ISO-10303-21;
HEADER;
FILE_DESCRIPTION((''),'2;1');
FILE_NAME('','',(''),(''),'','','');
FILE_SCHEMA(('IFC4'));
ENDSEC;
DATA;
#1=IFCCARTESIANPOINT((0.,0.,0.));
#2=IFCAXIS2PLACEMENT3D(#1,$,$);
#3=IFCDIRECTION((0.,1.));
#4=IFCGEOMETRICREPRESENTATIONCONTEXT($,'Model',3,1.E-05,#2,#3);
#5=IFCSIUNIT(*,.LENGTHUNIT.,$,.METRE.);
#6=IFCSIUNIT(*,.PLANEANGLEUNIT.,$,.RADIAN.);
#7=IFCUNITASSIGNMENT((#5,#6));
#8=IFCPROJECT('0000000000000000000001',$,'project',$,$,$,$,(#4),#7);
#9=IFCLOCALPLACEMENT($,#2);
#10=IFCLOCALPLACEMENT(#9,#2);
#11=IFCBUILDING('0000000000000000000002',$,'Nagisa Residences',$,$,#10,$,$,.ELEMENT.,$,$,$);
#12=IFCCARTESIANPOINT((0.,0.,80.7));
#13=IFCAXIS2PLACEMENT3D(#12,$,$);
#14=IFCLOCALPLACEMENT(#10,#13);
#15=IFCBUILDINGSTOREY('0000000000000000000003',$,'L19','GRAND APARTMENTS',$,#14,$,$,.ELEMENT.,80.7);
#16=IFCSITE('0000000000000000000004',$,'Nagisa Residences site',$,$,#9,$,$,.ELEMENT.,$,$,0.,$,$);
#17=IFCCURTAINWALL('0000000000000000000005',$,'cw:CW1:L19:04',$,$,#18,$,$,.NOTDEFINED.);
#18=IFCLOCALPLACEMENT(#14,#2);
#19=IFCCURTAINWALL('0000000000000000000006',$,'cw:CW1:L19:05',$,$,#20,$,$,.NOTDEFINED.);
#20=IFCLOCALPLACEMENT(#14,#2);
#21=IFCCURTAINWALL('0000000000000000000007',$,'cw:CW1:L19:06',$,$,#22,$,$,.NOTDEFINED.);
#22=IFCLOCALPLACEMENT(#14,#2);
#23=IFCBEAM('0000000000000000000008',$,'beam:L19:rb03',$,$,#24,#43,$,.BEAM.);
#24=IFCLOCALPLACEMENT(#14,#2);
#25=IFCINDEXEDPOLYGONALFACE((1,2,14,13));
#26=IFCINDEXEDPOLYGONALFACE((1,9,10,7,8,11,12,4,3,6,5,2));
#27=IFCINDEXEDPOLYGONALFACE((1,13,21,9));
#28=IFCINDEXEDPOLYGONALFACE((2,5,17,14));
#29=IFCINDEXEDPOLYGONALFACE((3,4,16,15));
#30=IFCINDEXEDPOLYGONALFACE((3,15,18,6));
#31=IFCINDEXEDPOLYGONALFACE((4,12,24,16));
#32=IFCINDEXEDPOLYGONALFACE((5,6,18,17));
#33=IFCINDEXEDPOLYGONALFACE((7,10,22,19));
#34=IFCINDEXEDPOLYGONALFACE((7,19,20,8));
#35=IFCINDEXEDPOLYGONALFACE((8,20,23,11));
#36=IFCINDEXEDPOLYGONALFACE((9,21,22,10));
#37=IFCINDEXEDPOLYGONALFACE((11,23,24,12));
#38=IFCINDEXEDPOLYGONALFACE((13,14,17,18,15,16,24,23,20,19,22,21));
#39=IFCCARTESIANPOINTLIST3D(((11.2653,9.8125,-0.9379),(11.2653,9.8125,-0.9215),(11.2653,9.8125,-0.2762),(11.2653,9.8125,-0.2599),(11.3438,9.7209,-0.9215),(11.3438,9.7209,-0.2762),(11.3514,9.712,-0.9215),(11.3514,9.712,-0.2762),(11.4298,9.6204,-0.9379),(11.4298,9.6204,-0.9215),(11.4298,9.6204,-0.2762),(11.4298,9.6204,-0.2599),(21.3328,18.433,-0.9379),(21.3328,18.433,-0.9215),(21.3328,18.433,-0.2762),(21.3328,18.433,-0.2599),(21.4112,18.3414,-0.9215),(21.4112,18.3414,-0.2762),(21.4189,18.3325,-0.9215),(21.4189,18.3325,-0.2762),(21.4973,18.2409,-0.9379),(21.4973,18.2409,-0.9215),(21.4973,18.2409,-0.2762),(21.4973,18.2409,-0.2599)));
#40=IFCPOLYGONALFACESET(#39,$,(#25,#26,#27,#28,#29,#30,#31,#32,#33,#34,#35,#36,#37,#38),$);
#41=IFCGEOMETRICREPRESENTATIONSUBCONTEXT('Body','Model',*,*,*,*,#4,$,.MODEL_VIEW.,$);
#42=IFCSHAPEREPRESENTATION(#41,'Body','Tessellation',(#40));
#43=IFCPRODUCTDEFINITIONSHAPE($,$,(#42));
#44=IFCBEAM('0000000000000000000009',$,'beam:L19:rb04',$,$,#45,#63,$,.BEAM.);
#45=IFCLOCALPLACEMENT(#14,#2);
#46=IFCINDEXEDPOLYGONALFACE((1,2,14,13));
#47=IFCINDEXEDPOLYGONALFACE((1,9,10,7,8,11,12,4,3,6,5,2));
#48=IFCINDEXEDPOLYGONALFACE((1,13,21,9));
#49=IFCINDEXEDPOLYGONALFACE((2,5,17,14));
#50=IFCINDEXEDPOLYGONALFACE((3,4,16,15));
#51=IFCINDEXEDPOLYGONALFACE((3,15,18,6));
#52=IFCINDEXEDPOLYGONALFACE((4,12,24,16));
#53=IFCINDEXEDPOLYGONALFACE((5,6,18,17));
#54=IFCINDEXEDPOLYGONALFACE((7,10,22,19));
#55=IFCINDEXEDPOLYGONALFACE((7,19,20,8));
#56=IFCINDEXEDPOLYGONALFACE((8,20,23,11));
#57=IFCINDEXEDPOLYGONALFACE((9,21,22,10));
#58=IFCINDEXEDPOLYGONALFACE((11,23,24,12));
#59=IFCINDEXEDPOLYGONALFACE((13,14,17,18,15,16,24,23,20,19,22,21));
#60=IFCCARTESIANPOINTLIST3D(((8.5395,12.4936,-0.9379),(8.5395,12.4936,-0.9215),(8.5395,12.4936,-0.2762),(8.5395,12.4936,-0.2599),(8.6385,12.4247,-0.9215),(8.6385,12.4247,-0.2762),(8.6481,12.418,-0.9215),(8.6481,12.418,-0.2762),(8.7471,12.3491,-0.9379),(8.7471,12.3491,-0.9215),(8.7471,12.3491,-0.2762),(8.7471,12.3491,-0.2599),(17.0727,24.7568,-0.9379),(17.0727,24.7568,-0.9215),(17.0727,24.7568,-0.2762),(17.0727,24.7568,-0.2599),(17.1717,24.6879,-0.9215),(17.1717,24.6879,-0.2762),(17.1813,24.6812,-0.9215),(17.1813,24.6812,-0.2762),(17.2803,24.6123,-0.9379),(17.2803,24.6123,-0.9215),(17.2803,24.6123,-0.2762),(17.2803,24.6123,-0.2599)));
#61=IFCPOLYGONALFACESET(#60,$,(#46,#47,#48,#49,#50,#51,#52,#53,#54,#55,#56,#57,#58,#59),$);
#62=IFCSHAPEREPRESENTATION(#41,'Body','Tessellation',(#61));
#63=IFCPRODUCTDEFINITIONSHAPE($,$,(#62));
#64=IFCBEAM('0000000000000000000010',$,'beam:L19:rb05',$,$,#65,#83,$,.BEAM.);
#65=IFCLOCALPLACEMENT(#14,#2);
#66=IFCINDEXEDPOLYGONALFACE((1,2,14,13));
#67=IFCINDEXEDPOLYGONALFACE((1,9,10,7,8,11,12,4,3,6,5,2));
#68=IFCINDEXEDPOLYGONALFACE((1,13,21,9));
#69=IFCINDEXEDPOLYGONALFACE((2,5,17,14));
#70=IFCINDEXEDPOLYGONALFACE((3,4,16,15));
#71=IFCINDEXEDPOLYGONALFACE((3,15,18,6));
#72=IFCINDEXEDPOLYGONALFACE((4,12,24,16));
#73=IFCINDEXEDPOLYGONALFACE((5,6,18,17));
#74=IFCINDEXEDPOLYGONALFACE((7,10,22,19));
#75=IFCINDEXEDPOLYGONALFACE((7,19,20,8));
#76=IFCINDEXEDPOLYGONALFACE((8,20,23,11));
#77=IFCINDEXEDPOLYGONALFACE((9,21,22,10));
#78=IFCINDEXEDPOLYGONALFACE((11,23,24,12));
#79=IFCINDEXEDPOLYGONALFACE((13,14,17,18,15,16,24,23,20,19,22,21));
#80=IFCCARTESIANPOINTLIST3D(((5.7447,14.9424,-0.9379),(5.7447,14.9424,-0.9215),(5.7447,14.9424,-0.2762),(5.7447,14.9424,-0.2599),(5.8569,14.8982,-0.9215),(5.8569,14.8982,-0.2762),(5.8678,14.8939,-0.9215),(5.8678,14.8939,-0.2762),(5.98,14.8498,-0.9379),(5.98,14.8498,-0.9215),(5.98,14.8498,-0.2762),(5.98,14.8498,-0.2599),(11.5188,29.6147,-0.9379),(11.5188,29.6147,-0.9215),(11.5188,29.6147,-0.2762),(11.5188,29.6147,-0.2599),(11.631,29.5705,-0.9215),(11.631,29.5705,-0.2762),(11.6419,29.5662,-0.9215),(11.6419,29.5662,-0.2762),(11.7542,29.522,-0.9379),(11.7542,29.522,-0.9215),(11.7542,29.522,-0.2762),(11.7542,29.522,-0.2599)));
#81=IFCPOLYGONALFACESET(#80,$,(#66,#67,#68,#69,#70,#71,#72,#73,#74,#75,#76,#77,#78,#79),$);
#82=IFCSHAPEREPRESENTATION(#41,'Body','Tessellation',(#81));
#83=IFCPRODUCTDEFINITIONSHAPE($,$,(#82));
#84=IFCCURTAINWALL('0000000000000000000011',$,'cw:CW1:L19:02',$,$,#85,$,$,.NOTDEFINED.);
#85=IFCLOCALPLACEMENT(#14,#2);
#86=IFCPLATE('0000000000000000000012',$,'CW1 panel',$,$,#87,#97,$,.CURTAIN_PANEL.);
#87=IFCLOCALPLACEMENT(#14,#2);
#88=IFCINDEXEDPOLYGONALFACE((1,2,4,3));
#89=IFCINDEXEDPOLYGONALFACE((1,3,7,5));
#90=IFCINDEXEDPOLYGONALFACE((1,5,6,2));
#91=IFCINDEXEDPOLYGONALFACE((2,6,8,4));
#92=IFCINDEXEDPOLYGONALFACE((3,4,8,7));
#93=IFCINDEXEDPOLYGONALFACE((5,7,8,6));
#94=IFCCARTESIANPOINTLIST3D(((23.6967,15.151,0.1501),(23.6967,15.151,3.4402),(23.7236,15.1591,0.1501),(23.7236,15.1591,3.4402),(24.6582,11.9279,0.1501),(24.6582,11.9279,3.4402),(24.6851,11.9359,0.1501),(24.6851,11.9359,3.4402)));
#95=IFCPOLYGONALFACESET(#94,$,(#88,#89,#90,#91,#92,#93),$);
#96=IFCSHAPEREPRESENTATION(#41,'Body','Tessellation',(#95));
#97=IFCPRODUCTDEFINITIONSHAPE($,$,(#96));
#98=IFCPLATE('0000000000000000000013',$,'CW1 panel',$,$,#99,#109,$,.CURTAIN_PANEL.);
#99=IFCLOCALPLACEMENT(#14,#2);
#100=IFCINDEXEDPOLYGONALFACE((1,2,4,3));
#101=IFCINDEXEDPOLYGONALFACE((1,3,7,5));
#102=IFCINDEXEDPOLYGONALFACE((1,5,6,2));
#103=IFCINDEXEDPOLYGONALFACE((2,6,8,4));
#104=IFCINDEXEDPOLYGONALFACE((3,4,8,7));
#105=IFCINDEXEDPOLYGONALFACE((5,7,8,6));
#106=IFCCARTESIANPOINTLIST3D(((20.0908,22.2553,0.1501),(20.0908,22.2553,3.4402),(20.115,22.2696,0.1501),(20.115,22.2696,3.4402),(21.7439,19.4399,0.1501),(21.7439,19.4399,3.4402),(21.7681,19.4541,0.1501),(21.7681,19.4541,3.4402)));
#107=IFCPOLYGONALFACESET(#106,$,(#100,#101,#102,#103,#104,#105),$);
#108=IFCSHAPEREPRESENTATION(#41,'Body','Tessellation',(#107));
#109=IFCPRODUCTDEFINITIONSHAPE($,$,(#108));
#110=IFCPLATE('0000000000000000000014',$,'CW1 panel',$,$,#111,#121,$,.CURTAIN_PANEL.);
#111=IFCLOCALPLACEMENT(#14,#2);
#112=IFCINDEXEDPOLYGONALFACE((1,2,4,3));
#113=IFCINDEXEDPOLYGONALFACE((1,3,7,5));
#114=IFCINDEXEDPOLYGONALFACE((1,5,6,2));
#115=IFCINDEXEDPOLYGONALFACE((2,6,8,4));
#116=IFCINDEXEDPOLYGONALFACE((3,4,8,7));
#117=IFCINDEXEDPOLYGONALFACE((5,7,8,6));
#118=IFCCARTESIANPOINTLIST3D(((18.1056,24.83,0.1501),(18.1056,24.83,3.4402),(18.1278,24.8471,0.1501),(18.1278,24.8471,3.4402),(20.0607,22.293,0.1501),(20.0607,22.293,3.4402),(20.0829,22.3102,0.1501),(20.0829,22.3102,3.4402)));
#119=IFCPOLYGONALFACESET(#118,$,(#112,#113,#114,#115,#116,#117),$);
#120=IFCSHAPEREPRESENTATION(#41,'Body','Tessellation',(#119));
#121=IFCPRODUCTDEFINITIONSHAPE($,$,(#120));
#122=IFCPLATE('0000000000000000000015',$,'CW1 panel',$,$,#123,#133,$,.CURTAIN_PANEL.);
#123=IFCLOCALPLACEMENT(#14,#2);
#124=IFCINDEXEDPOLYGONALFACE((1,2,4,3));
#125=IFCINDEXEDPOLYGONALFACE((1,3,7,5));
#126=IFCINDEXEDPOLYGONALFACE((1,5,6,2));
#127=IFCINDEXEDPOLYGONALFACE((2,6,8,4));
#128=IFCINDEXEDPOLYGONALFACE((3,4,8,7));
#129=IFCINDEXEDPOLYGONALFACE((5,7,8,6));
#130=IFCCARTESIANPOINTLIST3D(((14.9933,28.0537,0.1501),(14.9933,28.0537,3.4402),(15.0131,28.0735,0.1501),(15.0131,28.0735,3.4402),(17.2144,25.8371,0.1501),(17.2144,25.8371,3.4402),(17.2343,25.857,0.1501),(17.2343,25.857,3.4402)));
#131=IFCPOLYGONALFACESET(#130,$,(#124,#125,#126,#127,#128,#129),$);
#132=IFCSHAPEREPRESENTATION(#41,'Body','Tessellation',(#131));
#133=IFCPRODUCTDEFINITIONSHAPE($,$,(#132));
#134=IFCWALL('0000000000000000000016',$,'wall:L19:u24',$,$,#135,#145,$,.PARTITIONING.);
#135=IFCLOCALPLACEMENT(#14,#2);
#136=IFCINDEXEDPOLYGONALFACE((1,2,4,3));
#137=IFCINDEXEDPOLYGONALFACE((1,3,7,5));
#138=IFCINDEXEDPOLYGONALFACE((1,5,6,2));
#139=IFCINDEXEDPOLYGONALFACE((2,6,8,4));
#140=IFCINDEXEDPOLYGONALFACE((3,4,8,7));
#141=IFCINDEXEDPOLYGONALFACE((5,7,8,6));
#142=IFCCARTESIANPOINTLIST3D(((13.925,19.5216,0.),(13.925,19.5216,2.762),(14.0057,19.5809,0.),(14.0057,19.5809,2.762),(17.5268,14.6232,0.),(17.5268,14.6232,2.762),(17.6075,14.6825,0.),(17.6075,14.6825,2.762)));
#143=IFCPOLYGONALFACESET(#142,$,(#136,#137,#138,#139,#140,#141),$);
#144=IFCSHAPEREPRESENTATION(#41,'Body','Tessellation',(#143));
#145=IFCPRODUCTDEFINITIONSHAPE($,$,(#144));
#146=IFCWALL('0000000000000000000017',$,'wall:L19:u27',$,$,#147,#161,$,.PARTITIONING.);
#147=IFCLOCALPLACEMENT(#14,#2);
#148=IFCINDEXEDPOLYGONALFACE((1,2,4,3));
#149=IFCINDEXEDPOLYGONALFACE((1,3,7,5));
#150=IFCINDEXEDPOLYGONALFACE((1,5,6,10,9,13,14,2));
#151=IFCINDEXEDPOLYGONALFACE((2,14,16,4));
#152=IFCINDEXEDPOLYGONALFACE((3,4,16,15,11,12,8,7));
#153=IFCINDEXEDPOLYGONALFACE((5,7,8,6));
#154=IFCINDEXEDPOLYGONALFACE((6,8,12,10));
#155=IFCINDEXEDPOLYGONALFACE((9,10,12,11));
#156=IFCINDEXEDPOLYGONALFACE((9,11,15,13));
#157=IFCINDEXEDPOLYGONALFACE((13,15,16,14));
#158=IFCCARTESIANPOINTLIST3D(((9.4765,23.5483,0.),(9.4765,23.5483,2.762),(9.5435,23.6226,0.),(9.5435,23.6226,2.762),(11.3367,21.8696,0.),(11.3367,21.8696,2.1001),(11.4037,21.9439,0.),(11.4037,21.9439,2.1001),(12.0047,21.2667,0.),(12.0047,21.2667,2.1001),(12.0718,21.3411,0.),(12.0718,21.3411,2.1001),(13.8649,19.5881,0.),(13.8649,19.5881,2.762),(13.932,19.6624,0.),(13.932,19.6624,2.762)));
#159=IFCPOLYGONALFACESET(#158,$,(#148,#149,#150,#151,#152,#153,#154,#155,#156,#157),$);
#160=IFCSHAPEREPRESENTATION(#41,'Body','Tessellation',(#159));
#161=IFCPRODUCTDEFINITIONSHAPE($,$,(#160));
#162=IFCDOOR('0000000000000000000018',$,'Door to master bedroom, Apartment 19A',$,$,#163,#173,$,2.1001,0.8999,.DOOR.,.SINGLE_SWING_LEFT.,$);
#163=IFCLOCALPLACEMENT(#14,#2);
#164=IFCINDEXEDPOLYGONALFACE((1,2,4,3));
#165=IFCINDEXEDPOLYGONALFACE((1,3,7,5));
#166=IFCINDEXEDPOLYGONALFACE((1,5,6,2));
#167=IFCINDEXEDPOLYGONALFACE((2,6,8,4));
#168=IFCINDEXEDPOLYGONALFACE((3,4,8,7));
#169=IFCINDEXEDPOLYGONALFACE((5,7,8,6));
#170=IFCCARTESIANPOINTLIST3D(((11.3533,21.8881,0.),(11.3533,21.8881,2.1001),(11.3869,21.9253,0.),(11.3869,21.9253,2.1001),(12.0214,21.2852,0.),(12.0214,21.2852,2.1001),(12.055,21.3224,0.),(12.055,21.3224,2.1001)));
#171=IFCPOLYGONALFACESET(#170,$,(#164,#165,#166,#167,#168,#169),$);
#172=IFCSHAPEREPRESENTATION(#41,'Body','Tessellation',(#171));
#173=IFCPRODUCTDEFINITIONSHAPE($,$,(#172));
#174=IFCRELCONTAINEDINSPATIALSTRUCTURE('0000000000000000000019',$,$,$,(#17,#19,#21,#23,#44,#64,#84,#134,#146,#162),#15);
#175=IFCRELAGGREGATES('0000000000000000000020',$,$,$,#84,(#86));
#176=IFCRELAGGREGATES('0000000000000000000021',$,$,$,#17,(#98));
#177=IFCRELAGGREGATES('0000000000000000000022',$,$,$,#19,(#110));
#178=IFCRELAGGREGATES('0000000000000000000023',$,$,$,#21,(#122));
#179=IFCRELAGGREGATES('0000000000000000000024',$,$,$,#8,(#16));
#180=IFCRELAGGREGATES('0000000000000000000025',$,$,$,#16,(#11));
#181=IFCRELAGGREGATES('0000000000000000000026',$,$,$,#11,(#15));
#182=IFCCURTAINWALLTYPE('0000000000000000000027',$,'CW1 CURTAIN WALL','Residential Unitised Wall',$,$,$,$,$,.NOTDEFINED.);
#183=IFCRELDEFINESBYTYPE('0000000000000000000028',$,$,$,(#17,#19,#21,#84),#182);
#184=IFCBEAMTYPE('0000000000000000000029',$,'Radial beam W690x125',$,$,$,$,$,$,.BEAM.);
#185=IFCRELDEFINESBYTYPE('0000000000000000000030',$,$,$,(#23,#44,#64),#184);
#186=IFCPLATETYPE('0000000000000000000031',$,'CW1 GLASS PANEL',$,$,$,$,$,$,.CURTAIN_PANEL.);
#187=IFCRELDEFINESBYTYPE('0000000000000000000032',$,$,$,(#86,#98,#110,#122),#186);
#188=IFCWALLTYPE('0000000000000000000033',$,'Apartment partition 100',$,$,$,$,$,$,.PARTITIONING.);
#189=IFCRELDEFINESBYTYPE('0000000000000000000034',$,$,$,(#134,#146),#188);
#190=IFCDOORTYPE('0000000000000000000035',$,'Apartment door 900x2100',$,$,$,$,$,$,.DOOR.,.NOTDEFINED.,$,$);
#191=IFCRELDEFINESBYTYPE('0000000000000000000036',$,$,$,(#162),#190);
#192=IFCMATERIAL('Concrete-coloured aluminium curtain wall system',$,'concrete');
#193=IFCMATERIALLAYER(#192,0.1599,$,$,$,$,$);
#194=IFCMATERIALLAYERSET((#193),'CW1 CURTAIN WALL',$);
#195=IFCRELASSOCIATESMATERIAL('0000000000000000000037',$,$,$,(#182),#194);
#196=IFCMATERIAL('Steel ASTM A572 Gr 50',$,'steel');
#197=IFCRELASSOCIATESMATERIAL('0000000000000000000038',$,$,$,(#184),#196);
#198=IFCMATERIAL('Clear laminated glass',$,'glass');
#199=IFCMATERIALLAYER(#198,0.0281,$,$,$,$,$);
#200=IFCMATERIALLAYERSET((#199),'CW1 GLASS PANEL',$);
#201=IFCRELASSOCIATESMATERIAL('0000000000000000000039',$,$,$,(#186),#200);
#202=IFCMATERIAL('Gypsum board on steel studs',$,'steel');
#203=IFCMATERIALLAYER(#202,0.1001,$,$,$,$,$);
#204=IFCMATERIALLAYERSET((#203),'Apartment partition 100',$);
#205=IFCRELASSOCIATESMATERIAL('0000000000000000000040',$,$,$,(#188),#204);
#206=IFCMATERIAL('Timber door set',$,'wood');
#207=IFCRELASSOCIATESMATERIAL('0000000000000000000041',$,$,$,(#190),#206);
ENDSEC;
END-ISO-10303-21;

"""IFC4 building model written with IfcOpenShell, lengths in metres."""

from ifc_helpers import new_model, si_unit, direction, frame, frame_2d, origin, origin_2d, place, context, subcontext, project, spatial, rectangle, i_section, extrude, material, layer, layer_set, material_profile, profile_set, type_object, element, fill, aggregate, save


model = new_model("IFC4")

# Units and contexts
model_context = context("Model", 3, precision=1e-05, world=origin(), true_north=direction((0.0, 1.0)))
body_context = subcontext(model_context, "Body", "Model", "MODEL_VIEW")
ifc_project = project(units=[si_unit("LENGTHUNIT", "METRE"), si_unit("PLANEANGLEUNIT", "RADIAN")], contexts=[model_context])

# Site, building, storey
site_placement = place(None, origin())
site = spatial("IfcSite", under=ifc_project, at=site_placement, Name="Nagisa Residences site", CompositionType="ELEMENT", RefElevation=0.0)
building_placement = place(site_placement, origin())
building = spatial("IfcBuilding", under=site, at=building_placement, Name="Nagisa Residences", CompositionType="ELEMENT")
storey_placement = place(building_placement, frame((0.0, 0.0, 80.7)))
storey = spatial("IfcBuildingStorey", under=building, at=storey_placement, Name="L19", Description="GRAND APARTMENTS", CompositionType="ELEMENT", Elevation=80.7)

# Curtain walls
ifc_material_1 = material(Name="Concrete-coloured aluminium curtain wall system", Category="concrete")
ifc_layer_1 = layer(ifc_material_1, 0.1599)
ifc_layer_set_1 = layer_set([ifc_layer_1], Name="CW1 CURTAIN WALL")
curtain_wall_type = type_object("IfcCurtainWallType", Name="CW1 CURTAIN WALL", Description="Residential Unitised Wall", PredefinedType="NOTDEFINED", material=ifc_layer_set_1)
curtain_wall_1_placement = place(storey_placement, origin())
curtain_wall_1 = element("IfcCurtainWall", 1, at=curtain_wall_1_placement, inside=storey, type_object=curtain_wall_type, Name="cw:CW1:L19:04", PredefinedType="NOTDEFINED")
curtain_wall_2_placement = place(storey_placement, origin())
curtain_wall_2 = element("IfcCurtainWall", 2, at=curtain_wall_2_placement, inside=storey, type_object=curtain_wall_type, Name="cw:CW1:L19:05", PredefinedType="NOTDEFINED")
curtain_wall_3_placement = place(storey_placement, origin())
curtain_wall_3 = element("IfcCurtainWall", 3, at=curtain_wall_3_placement, inside=storey, type_object=curtain_wall_type, Name="cw:CW1:L19:06", PredefinedType="NOTDEFINED")

# Beams
ifc_material_2 = material(Name="Steel ASTM A572 Gr 50", Category="steel")
ifc_material_profile_1 = material_profile(ifc_material_2, i_section(OverallWidth=0.2529, OverallDepth=0.678, WebThickness=0.0117, FlangeThickness=0.0164, at=origin_2d()), Name="W690x125")
ifc_profile_set_1 = profile_set([ifc_material_profile_1], Name="Steel ASTM A572 Gr 50")
beam_type_1 = type_object("IfcBeamType", Name="Radial beam W690x125", PredefinedType="BEAM", material=ifc_profile_set_1)
beam_1_placement = place(storey_placement, frame((21.415, 18.3369, -0.5989), z_axis=(-0.759585, -0.650407, 0.0), x_axis=(0.650407, -0.759585, 0.0)))
element("IfcBeam", 4, at=beam_1_placement, inside=storey, type_object=beam_type_1, Name="beam:L19:rb03", PredefinedType="BEAM", context=body_context, shape_type="SweptSolid", body=[
    extrude(i_section(OverallWidth=0.2529, OverallDepth=0.678, WebThickness=0.0117, FlangeThickness=0.0164, at=origin_2d()), origin(), (0.0, 0.0, 1.0), 13.2539),
])
beam_2_placement = place(storey_placement, frame((17.1765, 24.6846, -0.5989), z_axis=(-0.571168, -0.820833, 0.0), x_axis=(0.820833, -0.571168, 0.0)))
element("IfcBeam", 5, at=beam_2_placement, inside=storey, type_object=beam_type_1, Name="beam:L19:rb04", PredefinedType="BEAM", context=body_context, shape_type="SweptSolid", body=[
    extrude(i_section(OverallWidth=0.2529, OverallDepth=0.678, WebThickness=0.0117, FlangeThickness=0.0164, at=origin_2d()), origin(), (0.0, 0.0, 1.0), 14.9399),
])
beam_3_placement = place(storey_placement, frame((11.6365, 29.5684, -0.5989), z_axis=(-0.366203, -0.930535, 0.0), x_axis=(0.930535, -0.366203, 0.0)))
element("IfcBeam", 6, at=beam_3_placement, inside=storey, type_object=beam_type_1, Name="beam:L19:rb05", PredefinedType="BEAM", context=body_context, shape_type="SweptSolid", body=[
    extrude(i_section(OverallWidth=0.2529, OverallDepth=0.678, WebThickness=0.0117, FlangeThickness=0.0164, at=origin_2d()), origin(), (0.0, 0.0, 1.0), 15.7676),
])

# Curtain wall, plate
curtain_wall_4_placement = place(storey_placement, origin())
curtain_wall_4 = element("IfcCurtainWall", 7, at=curtain_wall_4_placement, inside=storey, type_object=curtain_wall_type, Name="cw:CW1:L19:02", PredefinedType="NOTDEFINED")
ifc_material_3 = material(Name="Clear laminated glass", Category="glass")
ifc_layer_2 = layer(ifc_material_3, 0.0281)
ifc_layer_set_2 = layer_set([ifc_layer_2], Name="CW1 GLASS PANEL")
plate_type = type_object("IfcPlateType", Name="CW1 GLASS PANEL", PredefinedType="CURTAIN_PANEL", material=ifc_layer_set_2)
plate_1_placement = place(storey_placement, frame((24.1909, 13.5435, 0.1501), z_axis=(0.0, 0.0, 1.0), x_axis=(-0.28586, 0.958271, 0.0)))
plate_1 = element("IfcPlate", 8, at=plate_1_placement, type_object=plate_type, Name="CW1 panel", PredefinedType="CURTAIN_PANEL", context=body_context, shape_type="SweptSolid", body=[
    extrude(rectangle(XDim=3.3635, YDim=0.0281, at=origin_2d()), origin(), (0.0, 0.0, 1.0), 3.29),
])
aggregate(curtain_wall_4, [plate_1])

# Plates
plate_2_placement = place(storey_placement, frame((20.9294, 20.8547, 0.1501), z_axis=(0.0, 0.0, 1.0), x_axis=(-0.506349, 0.862329, 0.0)))
plate_2 = element("IfcPlate", 9, at=plate_2_placement, type_object=plate_type, Name="CW1 panel", PredefinedType="CURTAIN_PANEL", context=body_context, shape_type="SweptSolid", body=[
    extrude(rectangle(XDim=3.2649, YDim=0.0281, at=origin_2d()), origin(), (0.0, 0.0, 1.0), 3.29),
])
aggregate(curtain_wall_1, [plate_2])
plate_3_placement = place(storey_placement, frame((19.0942, 23.5701, 0.1501), z_axis=(0.0, 0.0, 1.0), x_axis=(-0.61043, 0.79207, 0.0)))
plate_3 = element("IfcPlate", 10, at=plate_3_placement, type_object=plate_type, Name="CW1 panel", PredefinedType="CURTAIN_PANEL", context=body_context, shape_type="SweptSolid", body=[
    extrude(rectangle(XDim=3.2029, YDim=0.0281, at=origin_2d()), origin(), (0.0, 0.0, 1.0), 3.29),
])
aggregate(curtain_wall_2, [plate_3])
plate_4_placement = place(storey_placement, frame((16.1138, 26.9553, 0.1501), z_axis=(0.0, 0.0, 1.0), x_axis=(-0.707836, 0.706377, 0.0)))
plate_4 = element("IfcPlate", 11, at=plate_4_placement, type_object=plate_type, Name="CW1 panel", PredefinedType="CURTAIN_PANEL", context=body_context, shape_type="SweptSolid", body=[
    extrude(rectangle(XDim=3.1379, YDim=0.0281, at=origin_2d()), origin(), (0.0, 0.0, 1.0), 3.29),
])
aggregate(curtain_wall_3, [plate_4])

# Wall
ifc_material_4 = material(Name="Gypsum board on steel studs", Category="steel")
ifc_layer_3 = layer(ifc_material_4, 0.1001)
ifc_layer_set_3 = layer_set([ifc_layer_3], Name="Apartment partition 100")
wall_type_1 = type_object("IfcWallType", Name="Apartment partition 100", PredefinedType="PARTITIONING", material=ifc_layer_set_3)
wall_1_placement = place(storey_placement, frame((17.5671, 14.6528, 0.0), z_axis=(0.0, 0.0, 1.0), x_axis=(-0.592392, 0.80565, 0.0)))
element("IfcWall", 12, at=wall_1_placement, inside=storey, type_object=wall_type_1, Name="wall:L19:u24", PredefinedType="PARTITIONING", context=body_context, shape_type="SweptSolid", body=[
    extrude(rectangle(XDim=6.0801, YDim=0.1001, at=frame_2d((3.04, 0.0))), origin(), (0.0, 0.0, 1.0), 2.762),
])

# Wall, opening, door
wall_2_placement = place(storey_placement, frame((13.8984, 19.6252, 0.0), z_axis=(0.0, 0.0, 1.0), x_axis=(-0.7424, 0.669957, 0.0)))
wall_2 = element("IfcWall", 13, at=wall_2_placement, inside=storey, type_object=wall_type_1, Name="wall:L19:u27", PredefinedType="PARTITIONING", context=body_context, shape_type="SweptSolid", body=[
    extrude(rectangle(XDim=5.9111, YDim=0.1001, at=frame_2d((2.9556, 0.0))), origin(), (0.0, 0.0, 1.0), 2.762),
])
opening_1_placement = place(wall_2_placement, frame((2.5056, 0.0, 0.0)))
opening_1 = element("IfcOpeningElement", 14, at=opening_1_placement, cuts=wall_2, PredefinedType="OPENING", context=body_context, shape_type="SweptSolid", body=[
    extrude(rectangle(XDim=0.8999, YDim=2.1001, at=frame_2d((0.45, 1.05))), frame((0.0, 0.0601, 0.0), z_axis=(0.0, -1.0, 0.0), x_axis=(1.0, 0.0, 0.0)), (0.0, 0.0, 1.0), 0.1201),
])
ifc_material_5 = material(Name="Timber door set", Category="wood")
door_type_1 = type_object("IfcDoorType", Name="Apartment door 900x2100", OperationType="NOTDEFINED", PredefinedType="DOOR", material=ifc_material_5)
door_1_placement = place(opening_1_placement, frame((0.8999, 0.0, 0.0), x_axis=(-1.0, 0.0, 0.0)))
door_1 = element("IfcDoor", 15, at=door_1_placement, inside=storey, type_object=door_type_1, Name="Door to master bedroom, Apartment 19A", OperationType="SINGLE_SWING_LEFT", OverallHeight=2.1001, OverallWidth=0.8999, PredefinedType="DOOR", context=body_context, shape_type="SweptSolid", body=[
    extrude(rectangle(XDim=0.8999, YDim=2.1001, at=frame_2d((0.45, 1.05))), frame((0.0, 0.0249, 0.0), z_axis=(0.0, -1.0, 0.0), x_axis=(1.0, 0.0, 0.0)), (0.0, 0.0, 1.0), 0.05),
])
fill(opening_1, door_1)

save(model, "model.ifc")
